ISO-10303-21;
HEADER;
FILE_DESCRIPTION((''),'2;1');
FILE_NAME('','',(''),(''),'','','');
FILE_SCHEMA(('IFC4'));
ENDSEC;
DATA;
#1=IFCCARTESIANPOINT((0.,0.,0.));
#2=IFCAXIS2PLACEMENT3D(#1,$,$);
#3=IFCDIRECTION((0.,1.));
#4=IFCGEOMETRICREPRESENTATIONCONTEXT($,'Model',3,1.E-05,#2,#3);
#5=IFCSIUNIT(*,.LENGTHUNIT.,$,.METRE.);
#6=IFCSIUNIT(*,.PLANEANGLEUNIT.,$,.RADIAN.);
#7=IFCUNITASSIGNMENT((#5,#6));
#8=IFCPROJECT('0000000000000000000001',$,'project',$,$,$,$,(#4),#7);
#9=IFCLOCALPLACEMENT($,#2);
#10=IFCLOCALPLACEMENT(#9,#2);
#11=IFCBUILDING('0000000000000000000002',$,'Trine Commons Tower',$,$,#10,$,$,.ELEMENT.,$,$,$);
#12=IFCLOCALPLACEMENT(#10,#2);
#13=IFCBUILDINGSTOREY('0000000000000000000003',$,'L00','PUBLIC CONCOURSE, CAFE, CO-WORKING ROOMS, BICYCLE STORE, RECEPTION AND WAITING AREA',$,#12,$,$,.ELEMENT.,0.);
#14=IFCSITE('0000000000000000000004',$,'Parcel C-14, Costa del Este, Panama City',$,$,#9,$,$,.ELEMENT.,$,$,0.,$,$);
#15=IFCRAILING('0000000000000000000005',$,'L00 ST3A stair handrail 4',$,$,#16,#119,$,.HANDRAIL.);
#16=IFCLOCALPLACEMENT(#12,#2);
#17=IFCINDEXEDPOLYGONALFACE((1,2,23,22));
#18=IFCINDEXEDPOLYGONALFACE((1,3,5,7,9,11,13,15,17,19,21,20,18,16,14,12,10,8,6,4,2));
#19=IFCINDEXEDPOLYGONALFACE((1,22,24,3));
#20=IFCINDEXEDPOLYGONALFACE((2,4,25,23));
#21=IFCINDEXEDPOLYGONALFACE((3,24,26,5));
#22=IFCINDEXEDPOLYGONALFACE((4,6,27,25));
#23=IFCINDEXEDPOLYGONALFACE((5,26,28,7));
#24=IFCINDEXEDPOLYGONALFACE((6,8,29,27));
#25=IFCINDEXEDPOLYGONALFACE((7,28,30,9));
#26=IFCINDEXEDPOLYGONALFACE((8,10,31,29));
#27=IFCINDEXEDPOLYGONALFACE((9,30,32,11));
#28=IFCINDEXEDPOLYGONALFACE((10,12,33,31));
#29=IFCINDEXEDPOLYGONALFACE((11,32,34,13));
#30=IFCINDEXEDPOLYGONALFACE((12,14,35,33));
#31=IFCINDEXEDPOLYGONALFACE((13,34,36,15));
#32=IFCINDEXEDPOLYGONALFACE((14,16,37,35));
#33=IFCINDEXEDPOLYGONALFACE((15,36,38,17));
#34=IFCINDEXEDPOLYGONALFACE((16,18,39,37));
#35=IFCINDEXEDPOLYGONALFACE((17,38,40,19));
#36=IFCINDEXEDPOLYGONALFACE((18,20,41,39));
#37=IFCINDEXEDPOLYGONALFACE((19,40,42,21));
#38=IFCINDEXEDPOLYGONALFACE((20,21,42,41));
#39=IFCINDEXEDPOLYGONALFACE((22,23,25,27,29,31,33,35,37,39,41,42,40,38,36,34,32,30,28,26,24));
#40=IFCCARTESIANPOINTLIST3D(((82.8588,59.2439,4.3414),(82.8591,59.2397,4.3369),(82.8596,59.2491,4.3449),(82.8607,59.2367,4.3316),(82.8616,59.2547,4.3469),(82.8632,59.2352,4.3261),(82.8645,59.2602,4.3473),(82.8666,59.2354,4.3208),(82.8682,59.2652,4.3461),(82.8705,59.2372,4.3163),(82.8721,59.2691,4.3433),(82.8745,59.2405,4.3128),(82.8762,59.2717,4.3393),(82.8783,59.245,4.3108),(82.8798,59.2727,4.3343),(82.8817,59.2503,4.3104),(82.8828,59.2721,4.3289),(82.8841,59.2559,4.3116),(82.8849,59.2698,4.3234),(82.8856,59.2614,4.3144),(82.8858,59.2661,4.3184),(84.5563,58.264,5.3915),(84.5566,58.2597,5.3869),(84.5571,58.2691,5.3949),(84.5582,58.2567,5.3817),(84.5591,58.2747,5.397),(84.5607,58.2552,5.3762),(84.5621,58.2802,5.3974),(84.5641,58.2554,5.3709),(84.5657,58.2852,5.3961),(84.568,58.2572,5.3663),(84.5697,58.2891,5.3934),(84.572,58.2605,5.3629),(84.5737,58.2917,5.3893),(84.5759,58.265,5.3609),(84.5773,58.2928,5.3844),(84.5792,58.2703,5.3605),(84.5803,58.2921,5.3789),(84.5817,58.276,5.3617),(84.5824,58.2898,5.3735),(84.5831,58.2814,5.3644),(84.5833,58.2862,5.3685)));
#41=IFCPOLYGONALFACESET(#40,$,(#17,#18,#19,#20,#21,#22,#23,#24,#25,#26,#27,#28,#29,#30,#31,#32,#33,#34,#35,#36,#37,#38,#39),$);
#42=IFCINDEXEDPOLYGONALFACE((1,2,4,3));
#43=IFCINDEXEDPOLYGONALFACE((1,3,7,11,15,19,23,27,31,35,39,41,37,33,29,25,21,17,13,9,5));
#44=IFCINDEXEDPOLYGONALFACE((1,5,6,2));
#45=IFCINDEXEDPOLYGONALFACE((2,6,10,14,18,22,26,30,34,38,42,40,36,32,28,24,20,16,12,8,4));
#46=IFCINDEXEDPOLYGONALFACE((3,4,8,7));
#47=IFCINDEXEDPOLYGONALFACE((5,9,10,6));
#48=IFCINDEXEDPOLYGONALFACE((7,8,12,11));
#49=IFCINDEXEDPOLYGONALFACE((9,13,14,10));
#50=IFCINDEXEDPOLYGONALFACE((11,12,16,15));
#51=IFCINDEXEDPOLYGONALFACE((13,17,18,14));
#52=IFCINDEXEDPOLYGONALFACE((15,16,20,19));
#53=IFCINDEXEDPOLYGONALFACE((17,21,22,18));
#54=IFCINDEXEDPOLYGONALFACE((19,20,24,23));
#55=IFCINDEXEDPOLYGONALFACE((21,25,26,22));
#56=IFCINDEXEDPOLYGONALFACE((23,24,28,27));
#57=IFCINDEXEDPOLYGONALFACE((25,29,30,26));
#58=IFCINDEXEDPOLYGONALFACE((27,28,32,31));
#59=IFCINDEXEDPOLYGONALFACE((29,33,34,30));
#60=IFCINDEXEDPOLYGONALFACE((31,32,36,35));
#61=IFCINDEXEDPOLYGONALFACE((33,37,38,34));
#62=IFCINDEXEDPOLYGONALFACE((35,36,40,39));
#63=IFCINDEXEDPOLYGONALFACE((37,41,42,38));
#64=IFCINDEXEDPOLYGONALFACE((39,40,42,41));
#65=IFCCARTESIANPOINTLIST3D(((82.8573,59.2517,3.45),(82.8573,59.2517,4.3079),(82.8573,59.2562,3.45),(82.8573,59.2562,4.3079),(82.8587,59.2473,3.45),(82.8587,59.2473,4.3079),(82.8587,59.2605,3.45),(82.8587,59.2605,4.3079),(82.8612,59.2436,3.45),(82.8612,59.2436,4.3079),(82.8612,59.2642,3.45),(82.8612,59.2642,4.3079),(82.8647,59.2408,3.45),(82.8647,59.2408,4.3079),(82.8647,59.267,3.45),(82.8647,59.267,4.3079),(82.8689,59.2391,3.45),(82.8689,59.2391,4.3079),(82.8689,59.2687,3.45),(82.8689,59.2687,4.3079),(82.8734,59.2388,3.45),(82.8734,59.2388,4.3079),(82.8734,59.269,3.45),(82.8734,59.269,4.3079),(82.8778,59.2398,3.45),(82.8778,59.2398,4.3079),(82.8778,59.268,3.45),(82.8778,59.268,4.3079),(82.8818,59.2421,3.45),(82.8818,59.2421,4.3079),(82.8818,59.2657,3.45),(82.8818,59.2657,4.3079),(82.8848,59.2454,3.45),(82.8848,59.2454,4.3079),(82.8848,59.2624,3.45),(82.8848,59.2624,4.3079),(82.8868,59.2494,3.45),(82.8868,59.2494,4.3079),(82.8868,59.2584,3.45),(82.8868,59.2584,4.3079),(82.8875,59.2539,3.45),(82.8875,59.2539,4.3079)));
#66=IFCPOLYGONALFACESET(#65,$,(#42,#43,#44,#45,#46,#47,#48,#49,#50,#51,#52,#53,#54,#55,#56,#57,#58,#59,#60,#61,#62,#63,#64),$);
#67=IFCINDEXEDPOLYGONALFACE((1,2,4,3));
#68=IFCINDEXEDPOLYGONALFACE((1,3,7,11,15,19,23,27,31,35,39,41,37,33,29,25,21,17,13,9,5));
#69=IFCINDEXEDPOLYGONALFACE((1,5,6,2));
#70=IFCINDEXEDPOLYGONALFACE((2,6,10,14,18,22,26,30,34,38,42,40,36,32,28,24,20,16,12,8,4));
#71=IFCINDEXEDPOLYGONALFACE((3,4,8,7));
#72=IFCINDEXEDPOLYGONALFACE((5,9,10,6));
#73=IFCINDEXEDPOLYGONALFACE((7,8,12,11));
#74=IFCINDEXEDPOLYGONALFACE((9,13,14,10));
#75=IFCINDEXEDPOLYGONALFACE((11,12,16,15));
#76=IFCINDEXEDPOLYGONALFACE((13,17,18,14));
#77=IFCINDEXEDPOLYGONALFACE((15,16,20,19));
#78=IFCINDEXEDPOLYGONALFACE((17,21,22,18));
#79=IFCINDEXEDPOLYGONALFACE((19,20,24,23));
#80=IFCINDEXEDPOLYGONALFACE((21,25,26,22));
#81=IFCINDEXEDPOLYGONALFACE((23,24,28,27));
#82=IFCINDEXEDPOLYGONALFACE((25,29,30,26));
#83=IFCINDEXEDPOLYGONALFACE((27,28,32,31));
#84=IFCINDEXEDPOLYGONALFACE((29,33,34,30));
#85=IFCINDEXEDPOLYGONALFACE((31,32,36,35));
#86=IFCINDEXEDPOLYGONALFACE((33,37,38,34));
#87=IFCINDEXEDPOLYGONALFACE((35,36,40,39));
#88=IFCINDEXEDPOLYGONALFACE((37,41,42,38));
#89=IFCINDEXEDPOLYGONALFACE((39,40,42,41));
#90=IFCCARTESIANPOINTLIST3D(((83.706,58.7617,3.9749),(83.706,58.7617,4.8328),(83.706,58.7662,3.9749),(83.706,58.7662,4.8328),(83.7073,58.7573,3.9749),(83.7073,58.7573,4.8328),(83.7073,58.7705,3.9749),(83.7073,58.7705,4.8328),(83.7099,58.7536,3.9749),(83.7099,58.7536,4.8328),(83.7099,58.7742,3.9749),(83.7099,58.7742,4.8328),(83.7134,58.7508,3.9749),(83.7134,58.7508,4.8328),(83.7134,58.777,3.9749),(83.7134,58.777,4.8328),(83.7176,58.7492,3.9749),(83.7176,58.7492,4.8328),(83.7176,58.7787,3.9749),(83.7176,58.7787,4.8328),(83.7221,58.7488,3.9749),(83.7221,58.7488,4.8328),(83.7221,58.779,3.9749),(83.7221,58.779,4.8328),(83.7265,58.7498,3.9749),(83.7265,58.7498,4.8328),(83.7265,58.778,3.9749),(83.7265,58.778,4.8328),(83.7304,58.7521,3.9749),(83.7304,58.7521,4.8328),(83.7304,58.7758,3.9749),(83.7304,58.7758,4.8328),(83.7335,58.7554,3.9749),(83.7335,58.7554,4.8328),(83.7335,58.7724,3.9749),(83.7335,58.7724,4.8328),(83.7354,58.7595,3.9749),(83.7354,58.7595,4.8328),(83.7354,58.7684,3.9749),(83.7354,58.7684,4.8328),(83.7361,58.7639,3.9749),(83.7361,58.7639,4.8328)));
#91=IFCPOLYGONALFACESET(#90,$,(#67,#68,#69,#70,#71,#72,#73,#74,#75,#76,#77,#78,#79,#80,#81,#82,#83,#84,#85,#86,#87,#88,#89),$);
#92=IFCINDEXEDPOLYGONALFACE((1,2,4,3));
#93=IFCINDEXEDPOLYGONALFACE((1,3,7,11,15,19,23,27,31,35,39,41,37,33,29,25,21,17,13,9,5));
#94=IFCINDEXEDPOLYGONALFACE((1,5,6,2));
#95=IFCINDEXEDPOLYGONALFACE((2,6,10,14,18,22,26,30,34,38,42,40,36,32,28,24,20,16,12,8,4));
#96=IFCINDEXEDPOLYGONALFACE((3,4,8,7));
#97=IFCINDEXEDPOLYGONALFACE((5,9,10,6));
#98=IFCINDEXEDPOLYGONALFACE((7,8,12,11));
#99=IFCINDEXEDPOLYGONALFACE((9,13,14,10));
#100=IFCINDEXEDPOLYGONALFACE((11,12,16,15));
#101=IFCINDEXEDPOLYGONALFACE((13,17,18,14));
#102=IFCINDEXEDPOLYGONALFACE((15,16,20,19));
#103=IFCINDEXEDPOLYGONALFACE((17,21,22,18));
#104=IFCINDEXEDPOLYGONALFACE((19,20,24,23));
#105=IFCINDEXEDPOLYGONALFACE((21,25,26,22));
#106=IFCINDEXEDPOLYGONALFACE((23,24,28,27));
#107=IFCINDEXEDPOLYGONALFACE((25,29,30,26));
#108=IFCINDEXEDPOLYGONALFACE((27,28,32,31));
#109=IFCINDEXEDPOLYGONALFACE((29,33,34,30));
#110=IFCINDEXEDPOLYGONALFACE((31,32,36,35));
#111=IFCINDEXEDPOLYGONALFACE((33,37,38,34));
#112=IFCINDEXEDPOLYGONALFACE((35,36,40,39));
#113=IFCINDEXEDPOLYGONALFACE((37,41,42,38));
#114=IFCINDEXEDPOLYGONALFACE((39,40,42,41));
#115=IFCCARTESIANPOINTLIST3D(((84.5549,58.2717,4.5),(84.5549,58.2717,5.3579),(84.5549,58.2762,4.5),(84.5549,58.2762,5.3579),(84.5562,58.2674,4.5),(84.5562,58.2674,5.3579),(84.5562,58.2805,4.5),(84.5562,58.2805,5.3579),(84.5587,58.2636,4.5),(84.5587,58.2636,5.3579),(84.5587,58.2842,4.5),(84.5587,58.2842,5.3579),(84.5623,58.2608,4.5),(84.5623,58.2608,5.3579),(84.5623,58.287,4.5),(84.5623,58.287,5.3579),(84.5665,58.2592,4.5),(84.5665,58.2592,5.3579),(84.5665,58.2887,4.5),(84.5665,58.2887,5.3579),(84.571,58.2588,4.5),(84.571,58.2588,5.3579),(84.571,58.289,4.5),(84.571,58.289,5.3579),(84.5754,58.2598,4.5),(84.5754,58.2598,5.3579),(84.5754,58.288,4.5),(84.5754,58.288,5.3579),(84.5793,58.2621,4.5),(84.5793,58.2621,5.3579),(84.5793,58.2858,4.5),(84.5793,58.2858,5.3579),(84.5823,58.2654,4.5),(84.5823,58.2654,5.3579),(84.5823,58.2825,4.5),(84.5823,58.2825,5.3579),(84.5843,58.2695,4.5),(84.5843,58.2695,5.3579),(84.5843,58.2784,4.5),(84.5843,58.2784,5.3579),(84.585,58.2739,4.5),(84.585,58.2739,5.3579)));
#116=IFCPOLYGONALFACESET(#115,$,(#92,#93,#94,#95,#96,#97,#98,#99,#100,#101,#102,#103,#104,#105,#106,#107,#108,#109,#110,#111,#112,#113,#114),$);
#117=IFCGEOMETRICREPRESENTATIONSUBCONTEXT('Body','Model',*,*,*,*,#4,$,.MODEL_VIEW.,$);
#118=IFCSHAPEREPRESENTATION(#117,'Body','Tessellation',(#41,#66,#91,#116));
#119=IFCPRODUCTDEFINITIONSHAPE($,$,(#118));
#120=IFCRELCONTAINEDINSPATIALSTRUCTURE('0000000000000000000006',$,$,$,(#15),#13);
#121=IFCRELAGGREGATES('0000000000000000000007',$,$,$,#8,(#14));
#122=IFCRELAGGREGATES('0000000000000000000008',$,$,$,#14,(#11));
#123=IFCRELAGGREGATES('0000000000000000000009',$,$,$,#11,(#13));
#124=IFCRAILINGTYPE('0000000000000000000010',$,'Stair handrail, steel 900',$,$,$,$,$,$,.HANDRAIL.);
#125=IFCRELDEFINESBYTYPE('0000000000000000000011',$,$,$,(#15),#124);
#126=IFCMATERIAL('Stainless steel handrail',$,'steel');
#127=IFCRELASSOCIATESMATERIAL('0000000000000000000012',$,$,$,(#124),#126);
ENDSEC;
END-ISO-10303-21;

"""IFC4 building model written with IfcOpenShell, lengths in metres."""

from ifc_helpers import new_model, si_unit, direction, frame, origin, origin_2d, place, context, subcontext, project, spatial, circle, extrude, material, type_object, element, save


model = new_model("IFC4")

# Units and contexts
model_context = context("Model", 3, precision=1e-05, world=origin(), true_north=direction((0.0, 1.0)))
body_context = subcontext(model_context, "Body", "Model", "MODEL_VIEW")
ifc_project = project(units=[si_unit("LENGTHUNIT", "METRE"), si_unit("PLANEANGLEUNIT", "RADIAN")], contexts=[model_context])

# Site, building, storey
site_placement = place(None, origin())
site = spatial("IfcSite", under=ifc_project, at=site_placement, Name="Parcel C-14, Costa del Este, Panama City", CompositionType="ELEMENT", RefElevation=0.0)
building_placement = place(site_placement, origin())
building = spatial("IfcBuilding", under=site, at=building_placement, Name="Trine Commons Tower", CompositionType="ELEMENT")
storey_placement = place(building_placement, origin())
storey = spatial("IfcBuildingStorey", under=building, at=storey_placement, Name="L00", Description="PUBLIC CONCOURSE, CAFE, CO-WORKING ROOMS, BICYCLE STORE, RECEPTION AND WAITING AREA", CompositionType="ELEMENT", Elevation=0.0)

# Railing
ifc_material_1 = material(Name="Stainless steel handrail", Category="steel")
railing_type_1 = type_object("IfcRailingType", Name="Stair handrail, steel 900", PredefinedType="HANDRAIL", material=ifc_material_1)
railing_1_placement = place(storey_placement, frame((82.8723, 59.2539, 3.45)))
element("IfcRailing", 1, at=railing_1_placement, inside=storey, type_object=railing_type_1, Name="L00 ST3A stair handrail 4", PredefinedType="HANDRAIL", context=body_context, shape_type="SweptSolid", body=[
    extrude(circle(Radius=0.021, at=origin_2d()), frame((0.0, 0.0, 0.8789), z_axis=(0.763398, -0.440713, 0.472224), x_axis=(0.49997, 0.866042, 0.0)), (0.0, 0.0, 1.0), 2.2236),
    extrude(circle(Radius=0.0151, at=origin_2d()), origin(), (0.0, 0.0, 1.0), 0.8579),
    extrude(circle(Radius=0.0151, at=origin_2d()), frame((0.8486, -0.49, 0.5249)), (0.0, 0.0, 1.0), 0.8579),
    extrude(circle(Radius=0.0151, at=origin_2d()), frame((1.6975, -0.98, 1.05)), (0.0, 0.0, 1.0), 0.8579),
])

save(model, "model.ifc")
